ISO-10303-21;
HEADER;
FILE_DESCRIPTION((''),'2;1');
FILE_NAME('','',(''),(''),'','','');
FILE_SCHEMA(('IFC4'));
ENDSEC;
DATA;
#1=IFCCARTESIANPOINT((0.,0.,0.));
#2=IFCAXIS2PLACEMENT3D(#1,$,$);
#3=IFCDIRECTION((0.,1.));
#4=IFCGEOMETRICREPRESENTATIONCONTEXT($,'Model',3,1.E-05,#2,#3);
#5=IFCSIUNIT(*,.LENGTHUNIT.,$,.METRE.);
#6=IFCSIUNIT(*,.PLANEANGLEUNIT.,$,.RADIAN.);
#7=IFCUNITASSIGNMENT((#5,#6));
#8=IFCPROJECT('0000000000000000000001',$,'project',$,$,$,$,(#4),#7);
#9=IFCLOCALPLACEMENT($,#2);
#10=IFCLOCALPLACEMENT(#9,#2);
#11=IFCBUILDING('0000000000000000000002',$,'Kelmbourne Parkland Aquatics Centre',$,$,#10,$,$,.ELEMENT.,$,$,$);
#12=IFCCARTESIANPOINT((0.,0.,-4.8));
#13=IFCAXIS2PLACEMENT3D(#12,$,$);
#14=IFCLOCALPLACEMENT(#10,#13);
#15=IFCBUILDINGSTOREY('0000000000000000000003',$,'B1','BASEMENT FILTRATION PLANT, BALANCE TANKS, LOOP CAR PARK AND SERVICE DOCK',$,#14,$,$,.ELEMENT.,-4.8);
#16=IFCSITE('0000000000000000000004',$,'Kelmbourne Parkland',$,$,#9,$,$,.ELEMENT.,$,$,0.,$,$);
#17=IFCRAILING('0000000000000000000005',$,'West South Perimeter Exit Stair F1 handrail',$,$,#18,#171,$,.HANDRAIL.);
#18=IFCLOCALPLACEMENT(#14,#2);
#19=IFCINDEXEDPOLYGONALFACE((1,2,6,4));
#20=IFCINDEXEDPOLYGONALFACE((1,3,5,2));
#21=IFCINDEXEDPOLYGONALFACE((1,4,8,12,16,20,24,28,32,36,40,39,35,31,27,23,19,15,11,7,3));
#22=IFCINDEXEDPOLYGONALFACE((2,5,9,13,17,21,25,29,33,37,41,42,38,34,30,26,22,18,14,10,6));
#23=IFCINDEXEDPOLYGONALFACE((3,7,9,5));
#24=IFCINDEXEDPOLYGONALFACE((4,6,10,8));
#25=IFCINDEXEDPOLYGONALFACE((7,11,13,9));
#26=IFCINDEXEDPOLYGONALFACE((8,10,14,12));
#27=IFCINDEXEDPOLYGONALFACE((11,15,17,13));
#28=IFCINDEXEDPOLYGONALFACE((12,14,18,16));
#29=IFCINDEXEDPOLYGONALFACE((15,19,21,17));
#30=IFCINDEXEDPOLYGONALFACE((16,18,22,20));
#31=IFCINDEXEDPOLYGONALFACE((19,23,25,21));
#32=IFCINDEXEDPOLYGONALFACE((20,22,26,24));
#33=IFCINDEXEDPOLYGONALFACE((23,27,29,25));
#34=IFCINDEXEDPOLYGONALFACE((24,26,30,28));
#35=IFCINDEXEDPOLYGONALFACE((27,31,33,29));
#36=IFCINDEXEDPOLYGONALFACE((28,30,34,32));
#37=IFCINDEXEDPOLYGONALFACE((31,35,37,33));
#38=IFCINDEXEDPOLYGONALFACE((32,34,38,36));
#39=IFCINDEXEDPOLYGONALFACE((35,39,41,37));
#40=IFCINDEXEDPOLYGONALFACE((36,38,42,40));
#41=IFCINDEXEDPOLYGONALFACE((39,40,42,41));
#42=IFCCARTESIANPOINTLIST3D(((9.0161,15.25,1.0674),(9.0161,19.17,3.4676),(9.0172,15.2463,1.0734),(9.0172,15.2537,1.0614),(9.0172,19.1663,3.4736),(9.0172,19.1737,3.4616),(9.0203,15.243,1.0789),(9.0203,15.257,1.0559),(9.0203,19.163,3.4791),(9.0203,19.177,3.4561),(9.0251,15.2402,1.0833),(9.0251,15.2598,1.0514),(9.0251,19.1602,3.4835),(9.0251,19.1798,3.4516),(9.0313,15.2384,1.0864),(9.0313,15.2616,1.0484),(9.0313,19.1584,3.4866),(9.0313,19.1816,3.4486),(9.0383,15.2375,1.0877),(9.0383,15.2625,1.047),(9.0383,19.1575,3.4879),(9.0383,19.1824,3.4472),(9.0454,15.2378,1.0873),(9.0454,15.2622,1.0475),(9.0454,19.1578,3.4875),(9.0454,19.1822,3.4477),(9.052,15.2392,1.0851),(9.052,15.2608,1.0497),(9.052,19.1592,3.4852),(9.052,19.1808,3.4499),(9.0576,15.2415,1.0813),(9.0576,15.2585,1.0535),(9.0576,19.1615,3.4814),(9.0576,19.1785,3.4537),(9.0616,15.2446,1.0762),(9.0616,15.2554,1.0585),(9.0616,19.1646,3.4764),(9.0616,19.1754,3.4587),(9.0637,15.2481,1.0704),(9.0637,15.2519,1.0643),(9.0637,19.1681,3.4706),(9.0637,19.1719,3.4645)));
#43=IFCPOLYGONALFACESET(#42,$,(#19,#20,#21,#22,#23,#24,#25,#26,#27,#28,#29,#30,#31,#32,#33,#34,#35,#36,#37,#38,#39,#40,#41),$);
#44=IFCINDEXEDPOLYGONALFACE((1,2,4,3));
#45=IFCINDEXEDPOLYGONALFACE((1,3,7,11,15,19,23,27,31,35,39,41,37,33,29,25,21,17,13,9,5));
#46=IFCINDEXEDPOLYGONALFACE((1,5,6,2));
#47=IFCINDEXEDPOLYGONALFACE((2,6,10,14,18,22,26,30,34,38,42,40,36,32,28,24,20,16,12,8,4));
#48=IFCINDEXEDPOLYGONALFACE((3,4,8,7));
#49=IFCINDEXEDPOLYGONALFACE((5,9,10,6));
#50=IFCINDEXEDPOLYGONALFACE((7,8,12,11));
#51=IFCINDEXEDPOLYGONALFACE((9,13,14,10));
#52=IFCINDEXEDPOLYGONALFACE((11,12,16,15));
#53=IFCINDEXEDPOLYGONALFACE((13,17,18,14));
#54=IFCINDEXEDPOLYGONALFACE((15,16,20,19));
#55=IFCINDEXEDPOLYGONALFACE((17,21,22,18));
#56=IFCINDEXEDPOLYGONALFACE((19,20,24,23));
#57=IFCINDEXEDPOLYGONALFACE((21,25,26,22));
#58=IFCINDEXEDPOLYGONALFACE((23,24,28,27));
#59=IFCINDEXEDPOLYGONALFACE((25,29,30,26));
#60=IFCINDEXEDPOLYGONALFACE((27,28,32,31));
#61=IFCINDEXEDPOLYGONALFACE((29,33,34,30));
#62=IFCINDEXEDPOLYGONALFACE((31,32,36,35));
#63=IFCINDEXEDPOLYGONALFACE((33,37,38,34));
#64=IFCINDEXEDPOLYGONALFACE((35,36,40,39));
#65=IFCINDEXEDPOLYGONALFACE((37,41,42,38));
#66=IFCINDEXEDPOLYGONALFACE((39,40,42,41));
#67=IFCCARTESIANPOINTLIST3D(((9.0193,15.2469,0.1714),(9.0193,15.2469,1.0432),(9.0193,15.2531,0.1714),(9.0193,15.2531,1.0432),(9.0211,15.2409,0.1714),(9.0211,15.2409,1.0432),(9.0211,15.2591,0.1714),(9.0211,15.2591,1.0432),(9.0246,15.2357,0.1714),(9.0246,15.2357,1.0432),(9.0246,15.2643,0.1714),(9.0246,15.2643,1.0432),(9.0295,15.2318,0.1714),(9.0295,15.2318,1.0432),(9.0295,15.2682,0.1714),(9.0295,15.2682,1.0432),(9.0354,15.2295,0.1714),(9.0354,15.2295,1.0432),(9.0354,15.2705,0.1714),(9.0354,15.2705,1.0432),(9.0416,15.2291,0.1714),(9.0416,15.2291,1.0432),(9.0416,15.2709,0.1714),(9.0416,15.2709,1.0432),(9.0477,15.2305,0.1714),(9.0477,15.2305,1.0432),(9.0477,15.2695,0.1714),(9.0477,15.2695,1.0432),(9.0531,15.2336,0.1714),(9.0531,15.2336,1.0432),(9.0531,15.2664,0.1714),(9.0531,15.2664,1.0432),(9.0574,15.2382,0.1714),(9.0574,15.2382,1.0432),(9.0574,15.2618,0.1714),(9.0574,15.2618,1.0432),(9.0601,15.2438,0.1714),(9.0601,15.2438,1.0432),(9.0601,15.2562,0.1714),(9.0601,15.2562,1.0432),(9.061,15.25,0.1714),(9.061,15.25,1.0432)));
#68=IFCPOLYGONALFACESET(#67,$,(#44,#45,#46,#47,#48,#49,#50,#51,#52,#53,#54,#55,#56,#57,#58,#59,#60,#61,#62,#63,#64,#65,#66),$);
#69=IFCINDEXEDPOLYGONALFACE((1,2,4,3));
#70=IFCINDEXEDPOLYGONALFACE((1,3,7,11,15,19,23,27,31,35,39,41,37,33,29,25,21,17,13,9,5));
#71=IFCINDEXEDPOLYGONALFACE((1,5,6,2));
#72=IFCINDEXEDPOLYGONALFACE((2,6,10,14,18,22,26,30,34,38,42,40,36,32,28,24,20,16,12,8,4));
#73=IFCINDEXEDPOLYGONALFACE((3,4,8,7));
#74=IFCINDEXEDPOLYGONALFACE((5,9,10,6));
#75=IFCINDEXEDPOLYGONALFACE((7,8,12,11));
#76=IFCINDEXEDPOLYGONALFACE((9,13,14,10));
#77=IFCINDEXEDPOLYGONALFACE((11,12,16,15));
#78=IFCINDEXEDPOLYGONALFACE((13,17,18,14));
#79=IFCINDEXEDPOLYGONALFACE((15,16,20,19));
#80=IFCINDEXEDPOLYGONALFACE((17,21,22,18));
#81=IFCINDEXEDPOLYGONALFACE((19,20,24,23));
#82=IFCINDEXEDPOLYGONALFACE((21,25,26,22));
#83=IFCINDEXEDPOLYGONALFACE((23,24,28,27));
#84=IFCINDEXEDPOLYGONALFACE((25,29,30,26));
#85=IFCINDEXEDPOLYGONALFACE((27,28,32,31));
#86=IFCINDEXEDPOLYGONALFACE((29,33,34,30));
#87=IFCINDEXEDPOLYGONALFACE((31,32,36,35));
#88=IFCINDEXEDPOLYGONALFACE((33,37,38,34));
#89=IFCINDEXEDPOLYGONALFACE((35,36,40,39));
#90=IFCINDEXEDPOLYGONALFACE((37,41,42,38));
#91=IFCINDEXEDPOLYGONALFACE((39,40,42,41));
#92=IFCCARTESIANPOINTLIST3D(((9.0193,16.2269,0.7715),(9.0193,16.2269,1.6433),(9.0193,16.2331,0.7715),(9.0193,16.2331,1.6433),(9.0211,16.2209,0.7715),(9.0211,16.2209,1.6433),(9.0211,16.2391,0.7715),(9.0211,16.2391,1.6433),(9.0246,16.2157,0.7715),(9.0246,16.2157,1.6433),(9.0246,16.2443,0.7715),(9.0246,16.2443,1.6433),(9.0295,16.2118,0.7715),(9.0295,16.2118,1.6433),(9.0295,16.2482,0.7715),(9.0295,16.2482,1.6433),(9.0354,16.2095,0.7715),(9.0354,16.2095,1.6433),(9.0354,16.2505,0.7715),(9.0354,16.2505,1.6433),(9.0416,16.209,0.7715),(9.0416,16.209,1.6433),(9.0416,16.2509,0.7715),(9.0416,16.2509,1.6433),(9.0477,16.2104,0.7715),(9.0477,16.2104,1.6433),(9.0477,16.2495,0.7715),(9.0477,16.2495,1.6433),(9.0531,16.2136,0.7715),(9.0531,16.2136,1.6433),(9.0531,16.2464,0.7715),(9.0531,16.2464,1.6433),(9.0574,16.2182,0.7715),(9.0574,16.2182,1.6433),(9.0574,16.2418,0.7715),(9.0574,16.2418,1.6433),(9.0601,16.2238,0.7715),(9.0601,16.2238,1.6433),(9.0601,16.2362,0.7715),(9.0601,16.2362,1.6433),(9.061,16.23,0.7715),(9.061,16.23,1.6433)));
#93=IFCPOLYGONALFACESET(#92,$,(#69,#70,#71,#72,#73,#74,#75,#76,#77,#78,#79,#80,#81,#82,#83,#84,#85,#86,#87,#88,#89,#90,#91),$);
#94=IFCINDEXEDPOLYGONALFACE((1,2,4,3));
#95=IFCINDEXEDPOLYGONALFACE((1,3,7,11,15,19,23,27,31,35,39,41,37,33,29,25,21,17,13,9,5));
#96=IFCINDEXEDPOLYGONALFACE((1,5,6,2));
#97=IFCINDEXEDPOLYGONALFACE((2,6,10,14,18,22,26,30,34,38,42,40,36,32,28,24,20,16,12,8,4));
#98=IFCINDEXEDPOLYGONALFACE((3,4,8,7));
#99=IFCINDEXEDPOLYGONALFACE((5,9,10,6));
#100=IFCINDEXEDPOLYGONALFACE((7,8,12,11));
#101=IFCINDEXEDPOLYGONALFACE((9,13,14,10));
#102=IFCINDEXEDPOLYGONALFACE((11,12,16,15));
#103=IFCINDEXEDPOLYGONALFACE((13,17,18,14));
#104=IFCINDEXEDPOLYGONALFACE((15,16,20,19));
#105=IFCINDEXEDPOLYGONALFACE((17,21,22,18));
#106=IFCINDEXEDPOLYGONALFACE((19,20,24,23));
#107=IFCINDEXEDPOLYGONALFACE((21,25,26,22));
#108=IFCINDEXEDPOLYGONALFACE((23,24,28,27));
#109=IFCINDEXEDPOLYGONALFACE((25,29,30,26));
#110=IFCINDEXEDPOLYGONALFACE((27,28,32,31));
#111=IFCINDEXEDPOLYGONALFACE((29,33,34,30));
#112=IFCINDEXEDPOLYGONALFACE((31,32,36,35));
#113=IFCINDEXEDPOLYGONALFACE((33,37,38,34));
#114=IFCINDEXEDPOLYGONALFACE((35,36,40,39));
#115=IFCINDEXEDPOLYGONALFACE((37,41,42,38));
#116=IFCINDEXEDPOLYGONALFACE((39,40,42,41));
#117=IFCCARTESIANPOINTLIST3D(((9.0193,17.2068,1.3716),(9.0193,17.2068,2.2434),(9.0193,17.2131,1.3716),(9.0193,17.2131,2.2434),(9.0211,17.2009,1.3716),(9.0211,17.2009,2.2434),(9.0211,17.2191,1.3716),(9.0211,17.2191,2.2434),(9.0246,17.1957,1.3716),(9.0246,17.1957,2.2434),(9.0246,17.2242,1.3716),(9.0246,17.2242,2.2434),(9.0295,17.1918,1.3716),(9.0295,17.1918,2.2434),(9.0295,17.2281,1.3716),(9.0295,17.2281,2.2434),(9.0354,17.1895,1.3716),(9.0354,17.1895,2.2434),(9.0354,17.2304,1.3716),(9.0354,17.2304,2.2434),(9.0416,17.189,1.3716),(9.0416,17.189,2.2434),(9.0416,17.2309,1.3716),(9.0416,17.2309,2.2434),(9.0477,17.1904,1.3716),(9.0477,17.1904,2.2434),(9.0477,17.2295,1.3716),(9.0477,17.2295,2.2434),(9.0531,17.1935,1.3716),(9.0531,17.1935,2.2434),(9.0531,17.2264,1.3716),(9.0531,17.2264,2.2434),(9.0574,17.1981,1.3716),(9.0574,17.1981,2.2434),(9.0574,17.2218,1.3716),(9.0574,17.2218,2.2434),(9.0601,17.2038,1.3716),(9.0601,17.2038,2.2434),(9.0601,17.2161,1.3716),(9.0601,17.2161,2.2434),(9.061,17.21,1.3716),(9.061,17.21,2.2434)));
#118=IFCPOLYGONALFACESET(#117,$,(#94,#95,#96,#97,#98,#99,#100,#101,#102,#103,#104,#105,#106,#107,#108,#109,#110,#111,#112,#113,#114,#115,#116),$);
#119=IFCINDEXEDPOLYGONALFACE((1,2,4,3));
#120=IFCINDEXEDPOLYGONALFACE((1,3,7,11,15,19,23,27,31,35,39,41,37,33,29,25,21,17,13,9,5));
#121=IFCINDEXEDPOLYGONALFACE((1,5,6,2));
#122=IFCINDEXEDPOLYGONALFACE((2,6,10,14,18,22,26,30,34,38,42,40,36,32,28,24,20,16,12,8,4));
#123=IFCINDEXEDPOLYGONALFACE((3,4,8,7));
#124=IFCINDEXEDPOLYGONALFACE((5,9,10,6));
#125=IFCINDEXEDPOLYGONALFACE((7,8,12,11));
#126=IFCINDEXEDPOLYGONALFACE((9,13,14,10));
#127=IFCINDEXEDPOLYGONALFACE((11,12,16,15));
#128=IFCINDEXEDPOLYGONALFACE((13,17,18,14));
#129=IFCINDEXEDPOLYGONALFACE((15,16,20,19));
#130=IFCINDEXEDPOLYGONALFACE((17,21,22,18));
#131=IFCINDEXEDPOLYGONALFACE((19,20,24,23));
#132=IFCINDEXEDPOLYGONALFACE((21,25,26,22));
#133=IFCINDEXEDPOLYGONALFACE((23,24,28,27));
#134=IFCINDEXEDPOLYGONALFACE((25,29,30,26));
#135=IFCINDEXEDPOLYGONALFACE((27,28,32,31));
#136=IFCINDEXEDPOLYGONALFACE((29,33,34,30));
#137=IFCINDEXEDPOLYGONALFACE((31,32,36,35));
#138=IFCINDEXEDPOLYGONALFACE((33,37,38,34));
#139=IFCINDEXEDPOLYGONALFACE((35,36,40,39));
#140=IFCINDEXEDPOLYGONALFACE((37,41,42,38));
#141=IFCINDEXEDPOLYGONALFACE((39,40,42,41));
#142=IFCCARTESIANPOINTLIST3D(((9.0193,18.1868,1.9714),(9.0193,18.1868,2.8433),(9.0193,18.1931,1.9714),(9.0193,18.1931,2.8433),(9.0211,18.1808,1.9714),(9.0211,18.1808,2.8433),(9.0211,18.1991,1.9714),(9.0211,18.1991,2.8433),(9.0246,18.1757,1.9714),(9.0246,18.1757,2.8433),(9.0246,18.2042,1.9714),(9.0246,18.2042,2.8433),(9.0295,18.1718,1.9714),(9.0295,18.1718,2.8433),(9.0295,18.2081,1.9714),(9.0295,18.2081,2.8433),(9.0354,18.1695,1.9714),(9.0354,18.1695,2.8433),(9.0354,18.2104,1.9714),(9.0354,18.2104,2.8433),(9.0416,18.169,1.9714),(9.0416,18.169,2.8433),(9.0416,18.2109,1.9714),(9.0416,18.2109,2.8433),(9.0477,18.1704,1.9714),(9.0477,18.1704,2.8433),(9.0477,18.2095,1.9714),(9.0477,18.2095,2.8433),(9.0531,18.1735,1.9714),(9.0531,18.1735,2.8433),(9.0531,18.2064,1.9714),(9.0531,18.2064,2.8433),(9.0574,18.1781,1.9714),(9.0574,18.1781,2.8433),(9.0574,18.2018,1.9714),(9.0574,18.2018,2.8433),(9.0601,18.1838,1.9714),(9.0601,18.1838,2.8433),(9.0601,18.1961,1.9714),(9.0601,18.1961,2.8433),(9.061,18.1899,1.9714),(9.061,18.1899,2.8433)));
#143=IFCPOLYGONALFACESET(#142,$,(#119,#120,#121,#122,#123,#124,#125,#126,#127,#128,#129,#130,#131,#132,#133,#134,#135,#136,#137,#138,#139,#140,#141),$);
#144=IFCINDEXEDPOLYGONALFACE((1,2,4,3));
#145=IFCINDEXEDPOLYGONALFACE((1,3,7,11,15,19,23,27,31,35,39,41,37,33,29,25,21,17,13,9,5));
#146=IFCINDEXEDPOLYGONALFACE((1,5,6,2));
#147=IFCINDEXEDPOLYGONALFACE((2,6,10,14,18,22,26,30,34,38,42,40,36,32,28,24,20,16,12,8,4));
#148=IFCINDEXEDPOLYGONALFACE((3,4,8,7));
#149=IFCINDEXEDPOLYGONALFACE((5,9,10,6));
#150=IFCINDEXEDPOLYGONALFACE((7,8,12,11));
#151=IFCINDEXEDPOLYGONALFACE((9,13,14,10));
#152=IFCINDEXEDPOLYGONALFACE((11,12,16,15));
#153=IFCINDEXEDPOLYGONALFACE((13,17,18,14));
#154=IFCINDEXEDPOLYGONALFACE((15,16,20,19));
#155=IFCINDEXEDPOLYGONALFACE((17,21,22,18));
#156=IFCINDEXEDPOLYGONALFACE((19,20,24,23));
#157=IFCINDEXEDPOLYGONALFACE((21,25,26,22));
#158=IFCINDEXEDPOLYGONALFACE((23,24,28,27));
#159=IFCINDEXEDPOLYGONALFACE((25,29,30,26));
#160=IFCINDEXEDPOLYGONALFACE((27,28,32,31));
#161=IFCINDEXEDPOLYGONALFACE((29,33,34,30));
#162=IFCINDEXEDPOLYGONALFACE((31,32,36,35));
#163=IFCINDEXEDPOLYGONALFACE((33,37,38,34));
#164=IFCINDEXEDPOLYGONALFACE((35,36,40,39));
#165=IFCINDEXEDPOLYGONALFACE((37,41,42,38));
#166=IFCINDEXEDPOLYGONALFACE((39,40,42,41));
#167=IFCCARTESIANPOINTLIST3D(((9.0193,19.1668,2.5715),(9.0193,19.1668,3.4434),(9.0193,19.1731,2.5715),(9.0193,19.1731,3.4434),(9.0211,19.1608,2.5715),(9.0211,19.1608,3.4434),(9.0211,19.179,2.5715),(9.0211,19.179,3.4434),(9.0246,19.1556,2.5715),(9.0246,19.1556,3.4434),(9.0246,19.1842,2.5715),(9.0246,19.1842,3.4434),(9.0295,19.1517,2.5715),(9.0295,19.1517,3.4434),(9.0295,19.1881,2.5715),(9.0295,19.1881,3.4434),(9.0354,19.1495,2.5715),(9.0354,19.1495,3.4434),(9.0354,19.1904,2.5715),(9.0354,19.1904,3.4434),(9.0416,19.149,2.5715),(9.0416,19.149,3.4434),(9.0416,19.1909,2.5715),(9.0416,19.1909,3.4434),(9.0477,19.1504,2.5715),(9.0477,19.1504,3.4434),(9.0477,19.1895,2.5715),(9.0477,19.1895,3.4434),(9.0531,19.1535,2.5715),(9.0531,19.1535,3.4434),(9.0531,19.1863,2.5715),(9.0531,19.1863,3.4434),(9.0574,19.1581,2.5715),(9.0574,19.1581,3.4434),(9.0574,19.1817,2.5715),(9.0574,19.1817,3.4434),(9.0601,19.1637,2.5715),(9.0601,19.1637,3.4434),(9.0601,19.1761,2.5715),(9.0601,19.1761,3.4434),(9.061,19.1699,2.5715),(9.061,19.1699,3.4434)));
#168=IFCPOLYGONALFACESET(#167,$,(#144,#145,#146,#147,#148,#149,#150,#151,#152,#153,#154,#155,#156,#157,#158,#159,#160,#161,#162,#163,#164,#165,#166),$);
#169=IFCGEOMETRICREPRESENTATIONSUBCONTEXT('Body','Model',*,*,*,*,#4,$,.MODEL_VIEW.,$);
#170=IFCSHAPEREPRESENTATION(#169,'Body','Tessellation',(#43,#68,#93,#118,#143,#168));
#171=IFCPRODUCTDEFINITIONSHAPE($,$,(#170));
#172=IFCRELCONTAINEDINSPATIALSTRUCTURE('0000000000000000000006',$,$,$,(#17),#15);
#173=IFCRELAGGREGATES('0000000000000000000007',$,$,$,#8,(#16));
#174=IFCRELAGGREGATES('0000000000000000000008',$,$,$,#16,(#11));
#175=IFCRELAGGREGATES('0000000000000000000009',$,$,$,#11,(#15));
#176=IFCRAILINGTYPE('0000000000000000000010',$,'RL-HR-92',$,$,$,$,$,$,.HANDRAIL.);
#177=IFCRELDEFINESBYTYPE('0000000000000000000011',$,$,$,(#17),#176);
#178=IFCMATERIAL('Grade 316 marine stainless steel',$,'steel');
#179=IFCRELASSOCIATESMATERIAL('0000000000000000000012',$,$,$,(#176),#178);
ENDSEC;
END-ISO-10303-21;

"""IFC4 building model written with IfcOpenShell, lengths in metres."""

from ifc_helpers import new_model, si_unit, direction, frame, origin, origin_2d, place, context, subcontext, project, spatial, circle, extrude, material, type_object, element, save


model = new_model("IFC4")

# Units and contexts
model_context = context("Model", 3, precision=1e-05, world=origin(), true_north=direction((0.0, 1.0)))
body_context = subcontext(model_context, "Body", "Model", "MODEL_VIEW")
ifc_project = project(units=[si_unit("LENGTHUNIT", "METRE"), si_unit("PLANEANGLEUNIT", "RADIAN")], contexts=[model_context])

# Site, building, storey
site_placement = place(None, origin())
site = spatial("IfcSite", under=ifc_project, at=site_placement, Name="Kelmbourne Parkland", CompositionType="ELEMENT", RefElevation=0.0)
building_placement = place(site_placement, origin())
building = spatial("IfcBuilding", under=site, at=building_placement, Name="Kelmbourne Parkland Aquatics Centre", CompositionType="ELEMENT")
storey_placement = place(building_placement, frame((0.0, 0.0, -4.8)))
storey = spatial("IfcBuildingStorey", under=building, at=storey_placement, Name="B1", Description="BASEMENT FILTRATION PLANT, BALANCE TANKS, LOOP CAR PARK AND SERVICE DOCK", CompositionType="ELEMENT", Elevation=-4.8)

# Railing
ifc_material_1 = material(Name="Grade 316 marine stainless steel", Category="steel")
railing_type = type_object("IfcRailingType", Name="RL-HR-92", PredefinedType="HANDRAIL", material=ifc_material_1)
railing_placement = place(storey_placement, frame((9.04, 15.25, 0.1714)))
element("IfcRailing", 1, at=railing_placement, inside=storey, type_object=railing_type, Name="West South Perimeter Exit Stair F1 handrail", PredefinedType="HANDRAIL", context=body_context, shape_type="SweptSolid", body=[
    extrude(circle(Radius=0.0239, at=origin_2d()), frame((0.0, 0.0, 0.896), z_axis=(0.0, 0.852832, 0.522185), x_axis=(-1.0, 0.0, 0.0)), (0.0, 0.0, 1.0), 4.5964),
    extrude(circle(Radius=0.021, at=origin_2d()), origin(), (0.0, 0.0, 1.0), 0.8718),
    extrude(circle(Radius=0.021, at=origin_2d()), frame((0.0, 0.98, 0.6001)), (0.0, 0.0, 1.0), 0.8718),
    extrude(circle(Radius=0.021, at=origin_2d()), frame((0.0, 1.96, 1.2002)), (0.0, 0.0, 1.0), 0.8718),
    extrude(circle(Radius=0.021, at=origin_2d()), frame((0.0, 2.9399, 1.8)), (0.0, 0.0, 1.0), 0.8718),
    extrude(circle(Radius=0.021, at=origin_2d()), frame((0.0, 3.9199, 2.4001)), (0.0, 0.0, 1.0), 0.8718),
])

save(model, "model.ifc")
